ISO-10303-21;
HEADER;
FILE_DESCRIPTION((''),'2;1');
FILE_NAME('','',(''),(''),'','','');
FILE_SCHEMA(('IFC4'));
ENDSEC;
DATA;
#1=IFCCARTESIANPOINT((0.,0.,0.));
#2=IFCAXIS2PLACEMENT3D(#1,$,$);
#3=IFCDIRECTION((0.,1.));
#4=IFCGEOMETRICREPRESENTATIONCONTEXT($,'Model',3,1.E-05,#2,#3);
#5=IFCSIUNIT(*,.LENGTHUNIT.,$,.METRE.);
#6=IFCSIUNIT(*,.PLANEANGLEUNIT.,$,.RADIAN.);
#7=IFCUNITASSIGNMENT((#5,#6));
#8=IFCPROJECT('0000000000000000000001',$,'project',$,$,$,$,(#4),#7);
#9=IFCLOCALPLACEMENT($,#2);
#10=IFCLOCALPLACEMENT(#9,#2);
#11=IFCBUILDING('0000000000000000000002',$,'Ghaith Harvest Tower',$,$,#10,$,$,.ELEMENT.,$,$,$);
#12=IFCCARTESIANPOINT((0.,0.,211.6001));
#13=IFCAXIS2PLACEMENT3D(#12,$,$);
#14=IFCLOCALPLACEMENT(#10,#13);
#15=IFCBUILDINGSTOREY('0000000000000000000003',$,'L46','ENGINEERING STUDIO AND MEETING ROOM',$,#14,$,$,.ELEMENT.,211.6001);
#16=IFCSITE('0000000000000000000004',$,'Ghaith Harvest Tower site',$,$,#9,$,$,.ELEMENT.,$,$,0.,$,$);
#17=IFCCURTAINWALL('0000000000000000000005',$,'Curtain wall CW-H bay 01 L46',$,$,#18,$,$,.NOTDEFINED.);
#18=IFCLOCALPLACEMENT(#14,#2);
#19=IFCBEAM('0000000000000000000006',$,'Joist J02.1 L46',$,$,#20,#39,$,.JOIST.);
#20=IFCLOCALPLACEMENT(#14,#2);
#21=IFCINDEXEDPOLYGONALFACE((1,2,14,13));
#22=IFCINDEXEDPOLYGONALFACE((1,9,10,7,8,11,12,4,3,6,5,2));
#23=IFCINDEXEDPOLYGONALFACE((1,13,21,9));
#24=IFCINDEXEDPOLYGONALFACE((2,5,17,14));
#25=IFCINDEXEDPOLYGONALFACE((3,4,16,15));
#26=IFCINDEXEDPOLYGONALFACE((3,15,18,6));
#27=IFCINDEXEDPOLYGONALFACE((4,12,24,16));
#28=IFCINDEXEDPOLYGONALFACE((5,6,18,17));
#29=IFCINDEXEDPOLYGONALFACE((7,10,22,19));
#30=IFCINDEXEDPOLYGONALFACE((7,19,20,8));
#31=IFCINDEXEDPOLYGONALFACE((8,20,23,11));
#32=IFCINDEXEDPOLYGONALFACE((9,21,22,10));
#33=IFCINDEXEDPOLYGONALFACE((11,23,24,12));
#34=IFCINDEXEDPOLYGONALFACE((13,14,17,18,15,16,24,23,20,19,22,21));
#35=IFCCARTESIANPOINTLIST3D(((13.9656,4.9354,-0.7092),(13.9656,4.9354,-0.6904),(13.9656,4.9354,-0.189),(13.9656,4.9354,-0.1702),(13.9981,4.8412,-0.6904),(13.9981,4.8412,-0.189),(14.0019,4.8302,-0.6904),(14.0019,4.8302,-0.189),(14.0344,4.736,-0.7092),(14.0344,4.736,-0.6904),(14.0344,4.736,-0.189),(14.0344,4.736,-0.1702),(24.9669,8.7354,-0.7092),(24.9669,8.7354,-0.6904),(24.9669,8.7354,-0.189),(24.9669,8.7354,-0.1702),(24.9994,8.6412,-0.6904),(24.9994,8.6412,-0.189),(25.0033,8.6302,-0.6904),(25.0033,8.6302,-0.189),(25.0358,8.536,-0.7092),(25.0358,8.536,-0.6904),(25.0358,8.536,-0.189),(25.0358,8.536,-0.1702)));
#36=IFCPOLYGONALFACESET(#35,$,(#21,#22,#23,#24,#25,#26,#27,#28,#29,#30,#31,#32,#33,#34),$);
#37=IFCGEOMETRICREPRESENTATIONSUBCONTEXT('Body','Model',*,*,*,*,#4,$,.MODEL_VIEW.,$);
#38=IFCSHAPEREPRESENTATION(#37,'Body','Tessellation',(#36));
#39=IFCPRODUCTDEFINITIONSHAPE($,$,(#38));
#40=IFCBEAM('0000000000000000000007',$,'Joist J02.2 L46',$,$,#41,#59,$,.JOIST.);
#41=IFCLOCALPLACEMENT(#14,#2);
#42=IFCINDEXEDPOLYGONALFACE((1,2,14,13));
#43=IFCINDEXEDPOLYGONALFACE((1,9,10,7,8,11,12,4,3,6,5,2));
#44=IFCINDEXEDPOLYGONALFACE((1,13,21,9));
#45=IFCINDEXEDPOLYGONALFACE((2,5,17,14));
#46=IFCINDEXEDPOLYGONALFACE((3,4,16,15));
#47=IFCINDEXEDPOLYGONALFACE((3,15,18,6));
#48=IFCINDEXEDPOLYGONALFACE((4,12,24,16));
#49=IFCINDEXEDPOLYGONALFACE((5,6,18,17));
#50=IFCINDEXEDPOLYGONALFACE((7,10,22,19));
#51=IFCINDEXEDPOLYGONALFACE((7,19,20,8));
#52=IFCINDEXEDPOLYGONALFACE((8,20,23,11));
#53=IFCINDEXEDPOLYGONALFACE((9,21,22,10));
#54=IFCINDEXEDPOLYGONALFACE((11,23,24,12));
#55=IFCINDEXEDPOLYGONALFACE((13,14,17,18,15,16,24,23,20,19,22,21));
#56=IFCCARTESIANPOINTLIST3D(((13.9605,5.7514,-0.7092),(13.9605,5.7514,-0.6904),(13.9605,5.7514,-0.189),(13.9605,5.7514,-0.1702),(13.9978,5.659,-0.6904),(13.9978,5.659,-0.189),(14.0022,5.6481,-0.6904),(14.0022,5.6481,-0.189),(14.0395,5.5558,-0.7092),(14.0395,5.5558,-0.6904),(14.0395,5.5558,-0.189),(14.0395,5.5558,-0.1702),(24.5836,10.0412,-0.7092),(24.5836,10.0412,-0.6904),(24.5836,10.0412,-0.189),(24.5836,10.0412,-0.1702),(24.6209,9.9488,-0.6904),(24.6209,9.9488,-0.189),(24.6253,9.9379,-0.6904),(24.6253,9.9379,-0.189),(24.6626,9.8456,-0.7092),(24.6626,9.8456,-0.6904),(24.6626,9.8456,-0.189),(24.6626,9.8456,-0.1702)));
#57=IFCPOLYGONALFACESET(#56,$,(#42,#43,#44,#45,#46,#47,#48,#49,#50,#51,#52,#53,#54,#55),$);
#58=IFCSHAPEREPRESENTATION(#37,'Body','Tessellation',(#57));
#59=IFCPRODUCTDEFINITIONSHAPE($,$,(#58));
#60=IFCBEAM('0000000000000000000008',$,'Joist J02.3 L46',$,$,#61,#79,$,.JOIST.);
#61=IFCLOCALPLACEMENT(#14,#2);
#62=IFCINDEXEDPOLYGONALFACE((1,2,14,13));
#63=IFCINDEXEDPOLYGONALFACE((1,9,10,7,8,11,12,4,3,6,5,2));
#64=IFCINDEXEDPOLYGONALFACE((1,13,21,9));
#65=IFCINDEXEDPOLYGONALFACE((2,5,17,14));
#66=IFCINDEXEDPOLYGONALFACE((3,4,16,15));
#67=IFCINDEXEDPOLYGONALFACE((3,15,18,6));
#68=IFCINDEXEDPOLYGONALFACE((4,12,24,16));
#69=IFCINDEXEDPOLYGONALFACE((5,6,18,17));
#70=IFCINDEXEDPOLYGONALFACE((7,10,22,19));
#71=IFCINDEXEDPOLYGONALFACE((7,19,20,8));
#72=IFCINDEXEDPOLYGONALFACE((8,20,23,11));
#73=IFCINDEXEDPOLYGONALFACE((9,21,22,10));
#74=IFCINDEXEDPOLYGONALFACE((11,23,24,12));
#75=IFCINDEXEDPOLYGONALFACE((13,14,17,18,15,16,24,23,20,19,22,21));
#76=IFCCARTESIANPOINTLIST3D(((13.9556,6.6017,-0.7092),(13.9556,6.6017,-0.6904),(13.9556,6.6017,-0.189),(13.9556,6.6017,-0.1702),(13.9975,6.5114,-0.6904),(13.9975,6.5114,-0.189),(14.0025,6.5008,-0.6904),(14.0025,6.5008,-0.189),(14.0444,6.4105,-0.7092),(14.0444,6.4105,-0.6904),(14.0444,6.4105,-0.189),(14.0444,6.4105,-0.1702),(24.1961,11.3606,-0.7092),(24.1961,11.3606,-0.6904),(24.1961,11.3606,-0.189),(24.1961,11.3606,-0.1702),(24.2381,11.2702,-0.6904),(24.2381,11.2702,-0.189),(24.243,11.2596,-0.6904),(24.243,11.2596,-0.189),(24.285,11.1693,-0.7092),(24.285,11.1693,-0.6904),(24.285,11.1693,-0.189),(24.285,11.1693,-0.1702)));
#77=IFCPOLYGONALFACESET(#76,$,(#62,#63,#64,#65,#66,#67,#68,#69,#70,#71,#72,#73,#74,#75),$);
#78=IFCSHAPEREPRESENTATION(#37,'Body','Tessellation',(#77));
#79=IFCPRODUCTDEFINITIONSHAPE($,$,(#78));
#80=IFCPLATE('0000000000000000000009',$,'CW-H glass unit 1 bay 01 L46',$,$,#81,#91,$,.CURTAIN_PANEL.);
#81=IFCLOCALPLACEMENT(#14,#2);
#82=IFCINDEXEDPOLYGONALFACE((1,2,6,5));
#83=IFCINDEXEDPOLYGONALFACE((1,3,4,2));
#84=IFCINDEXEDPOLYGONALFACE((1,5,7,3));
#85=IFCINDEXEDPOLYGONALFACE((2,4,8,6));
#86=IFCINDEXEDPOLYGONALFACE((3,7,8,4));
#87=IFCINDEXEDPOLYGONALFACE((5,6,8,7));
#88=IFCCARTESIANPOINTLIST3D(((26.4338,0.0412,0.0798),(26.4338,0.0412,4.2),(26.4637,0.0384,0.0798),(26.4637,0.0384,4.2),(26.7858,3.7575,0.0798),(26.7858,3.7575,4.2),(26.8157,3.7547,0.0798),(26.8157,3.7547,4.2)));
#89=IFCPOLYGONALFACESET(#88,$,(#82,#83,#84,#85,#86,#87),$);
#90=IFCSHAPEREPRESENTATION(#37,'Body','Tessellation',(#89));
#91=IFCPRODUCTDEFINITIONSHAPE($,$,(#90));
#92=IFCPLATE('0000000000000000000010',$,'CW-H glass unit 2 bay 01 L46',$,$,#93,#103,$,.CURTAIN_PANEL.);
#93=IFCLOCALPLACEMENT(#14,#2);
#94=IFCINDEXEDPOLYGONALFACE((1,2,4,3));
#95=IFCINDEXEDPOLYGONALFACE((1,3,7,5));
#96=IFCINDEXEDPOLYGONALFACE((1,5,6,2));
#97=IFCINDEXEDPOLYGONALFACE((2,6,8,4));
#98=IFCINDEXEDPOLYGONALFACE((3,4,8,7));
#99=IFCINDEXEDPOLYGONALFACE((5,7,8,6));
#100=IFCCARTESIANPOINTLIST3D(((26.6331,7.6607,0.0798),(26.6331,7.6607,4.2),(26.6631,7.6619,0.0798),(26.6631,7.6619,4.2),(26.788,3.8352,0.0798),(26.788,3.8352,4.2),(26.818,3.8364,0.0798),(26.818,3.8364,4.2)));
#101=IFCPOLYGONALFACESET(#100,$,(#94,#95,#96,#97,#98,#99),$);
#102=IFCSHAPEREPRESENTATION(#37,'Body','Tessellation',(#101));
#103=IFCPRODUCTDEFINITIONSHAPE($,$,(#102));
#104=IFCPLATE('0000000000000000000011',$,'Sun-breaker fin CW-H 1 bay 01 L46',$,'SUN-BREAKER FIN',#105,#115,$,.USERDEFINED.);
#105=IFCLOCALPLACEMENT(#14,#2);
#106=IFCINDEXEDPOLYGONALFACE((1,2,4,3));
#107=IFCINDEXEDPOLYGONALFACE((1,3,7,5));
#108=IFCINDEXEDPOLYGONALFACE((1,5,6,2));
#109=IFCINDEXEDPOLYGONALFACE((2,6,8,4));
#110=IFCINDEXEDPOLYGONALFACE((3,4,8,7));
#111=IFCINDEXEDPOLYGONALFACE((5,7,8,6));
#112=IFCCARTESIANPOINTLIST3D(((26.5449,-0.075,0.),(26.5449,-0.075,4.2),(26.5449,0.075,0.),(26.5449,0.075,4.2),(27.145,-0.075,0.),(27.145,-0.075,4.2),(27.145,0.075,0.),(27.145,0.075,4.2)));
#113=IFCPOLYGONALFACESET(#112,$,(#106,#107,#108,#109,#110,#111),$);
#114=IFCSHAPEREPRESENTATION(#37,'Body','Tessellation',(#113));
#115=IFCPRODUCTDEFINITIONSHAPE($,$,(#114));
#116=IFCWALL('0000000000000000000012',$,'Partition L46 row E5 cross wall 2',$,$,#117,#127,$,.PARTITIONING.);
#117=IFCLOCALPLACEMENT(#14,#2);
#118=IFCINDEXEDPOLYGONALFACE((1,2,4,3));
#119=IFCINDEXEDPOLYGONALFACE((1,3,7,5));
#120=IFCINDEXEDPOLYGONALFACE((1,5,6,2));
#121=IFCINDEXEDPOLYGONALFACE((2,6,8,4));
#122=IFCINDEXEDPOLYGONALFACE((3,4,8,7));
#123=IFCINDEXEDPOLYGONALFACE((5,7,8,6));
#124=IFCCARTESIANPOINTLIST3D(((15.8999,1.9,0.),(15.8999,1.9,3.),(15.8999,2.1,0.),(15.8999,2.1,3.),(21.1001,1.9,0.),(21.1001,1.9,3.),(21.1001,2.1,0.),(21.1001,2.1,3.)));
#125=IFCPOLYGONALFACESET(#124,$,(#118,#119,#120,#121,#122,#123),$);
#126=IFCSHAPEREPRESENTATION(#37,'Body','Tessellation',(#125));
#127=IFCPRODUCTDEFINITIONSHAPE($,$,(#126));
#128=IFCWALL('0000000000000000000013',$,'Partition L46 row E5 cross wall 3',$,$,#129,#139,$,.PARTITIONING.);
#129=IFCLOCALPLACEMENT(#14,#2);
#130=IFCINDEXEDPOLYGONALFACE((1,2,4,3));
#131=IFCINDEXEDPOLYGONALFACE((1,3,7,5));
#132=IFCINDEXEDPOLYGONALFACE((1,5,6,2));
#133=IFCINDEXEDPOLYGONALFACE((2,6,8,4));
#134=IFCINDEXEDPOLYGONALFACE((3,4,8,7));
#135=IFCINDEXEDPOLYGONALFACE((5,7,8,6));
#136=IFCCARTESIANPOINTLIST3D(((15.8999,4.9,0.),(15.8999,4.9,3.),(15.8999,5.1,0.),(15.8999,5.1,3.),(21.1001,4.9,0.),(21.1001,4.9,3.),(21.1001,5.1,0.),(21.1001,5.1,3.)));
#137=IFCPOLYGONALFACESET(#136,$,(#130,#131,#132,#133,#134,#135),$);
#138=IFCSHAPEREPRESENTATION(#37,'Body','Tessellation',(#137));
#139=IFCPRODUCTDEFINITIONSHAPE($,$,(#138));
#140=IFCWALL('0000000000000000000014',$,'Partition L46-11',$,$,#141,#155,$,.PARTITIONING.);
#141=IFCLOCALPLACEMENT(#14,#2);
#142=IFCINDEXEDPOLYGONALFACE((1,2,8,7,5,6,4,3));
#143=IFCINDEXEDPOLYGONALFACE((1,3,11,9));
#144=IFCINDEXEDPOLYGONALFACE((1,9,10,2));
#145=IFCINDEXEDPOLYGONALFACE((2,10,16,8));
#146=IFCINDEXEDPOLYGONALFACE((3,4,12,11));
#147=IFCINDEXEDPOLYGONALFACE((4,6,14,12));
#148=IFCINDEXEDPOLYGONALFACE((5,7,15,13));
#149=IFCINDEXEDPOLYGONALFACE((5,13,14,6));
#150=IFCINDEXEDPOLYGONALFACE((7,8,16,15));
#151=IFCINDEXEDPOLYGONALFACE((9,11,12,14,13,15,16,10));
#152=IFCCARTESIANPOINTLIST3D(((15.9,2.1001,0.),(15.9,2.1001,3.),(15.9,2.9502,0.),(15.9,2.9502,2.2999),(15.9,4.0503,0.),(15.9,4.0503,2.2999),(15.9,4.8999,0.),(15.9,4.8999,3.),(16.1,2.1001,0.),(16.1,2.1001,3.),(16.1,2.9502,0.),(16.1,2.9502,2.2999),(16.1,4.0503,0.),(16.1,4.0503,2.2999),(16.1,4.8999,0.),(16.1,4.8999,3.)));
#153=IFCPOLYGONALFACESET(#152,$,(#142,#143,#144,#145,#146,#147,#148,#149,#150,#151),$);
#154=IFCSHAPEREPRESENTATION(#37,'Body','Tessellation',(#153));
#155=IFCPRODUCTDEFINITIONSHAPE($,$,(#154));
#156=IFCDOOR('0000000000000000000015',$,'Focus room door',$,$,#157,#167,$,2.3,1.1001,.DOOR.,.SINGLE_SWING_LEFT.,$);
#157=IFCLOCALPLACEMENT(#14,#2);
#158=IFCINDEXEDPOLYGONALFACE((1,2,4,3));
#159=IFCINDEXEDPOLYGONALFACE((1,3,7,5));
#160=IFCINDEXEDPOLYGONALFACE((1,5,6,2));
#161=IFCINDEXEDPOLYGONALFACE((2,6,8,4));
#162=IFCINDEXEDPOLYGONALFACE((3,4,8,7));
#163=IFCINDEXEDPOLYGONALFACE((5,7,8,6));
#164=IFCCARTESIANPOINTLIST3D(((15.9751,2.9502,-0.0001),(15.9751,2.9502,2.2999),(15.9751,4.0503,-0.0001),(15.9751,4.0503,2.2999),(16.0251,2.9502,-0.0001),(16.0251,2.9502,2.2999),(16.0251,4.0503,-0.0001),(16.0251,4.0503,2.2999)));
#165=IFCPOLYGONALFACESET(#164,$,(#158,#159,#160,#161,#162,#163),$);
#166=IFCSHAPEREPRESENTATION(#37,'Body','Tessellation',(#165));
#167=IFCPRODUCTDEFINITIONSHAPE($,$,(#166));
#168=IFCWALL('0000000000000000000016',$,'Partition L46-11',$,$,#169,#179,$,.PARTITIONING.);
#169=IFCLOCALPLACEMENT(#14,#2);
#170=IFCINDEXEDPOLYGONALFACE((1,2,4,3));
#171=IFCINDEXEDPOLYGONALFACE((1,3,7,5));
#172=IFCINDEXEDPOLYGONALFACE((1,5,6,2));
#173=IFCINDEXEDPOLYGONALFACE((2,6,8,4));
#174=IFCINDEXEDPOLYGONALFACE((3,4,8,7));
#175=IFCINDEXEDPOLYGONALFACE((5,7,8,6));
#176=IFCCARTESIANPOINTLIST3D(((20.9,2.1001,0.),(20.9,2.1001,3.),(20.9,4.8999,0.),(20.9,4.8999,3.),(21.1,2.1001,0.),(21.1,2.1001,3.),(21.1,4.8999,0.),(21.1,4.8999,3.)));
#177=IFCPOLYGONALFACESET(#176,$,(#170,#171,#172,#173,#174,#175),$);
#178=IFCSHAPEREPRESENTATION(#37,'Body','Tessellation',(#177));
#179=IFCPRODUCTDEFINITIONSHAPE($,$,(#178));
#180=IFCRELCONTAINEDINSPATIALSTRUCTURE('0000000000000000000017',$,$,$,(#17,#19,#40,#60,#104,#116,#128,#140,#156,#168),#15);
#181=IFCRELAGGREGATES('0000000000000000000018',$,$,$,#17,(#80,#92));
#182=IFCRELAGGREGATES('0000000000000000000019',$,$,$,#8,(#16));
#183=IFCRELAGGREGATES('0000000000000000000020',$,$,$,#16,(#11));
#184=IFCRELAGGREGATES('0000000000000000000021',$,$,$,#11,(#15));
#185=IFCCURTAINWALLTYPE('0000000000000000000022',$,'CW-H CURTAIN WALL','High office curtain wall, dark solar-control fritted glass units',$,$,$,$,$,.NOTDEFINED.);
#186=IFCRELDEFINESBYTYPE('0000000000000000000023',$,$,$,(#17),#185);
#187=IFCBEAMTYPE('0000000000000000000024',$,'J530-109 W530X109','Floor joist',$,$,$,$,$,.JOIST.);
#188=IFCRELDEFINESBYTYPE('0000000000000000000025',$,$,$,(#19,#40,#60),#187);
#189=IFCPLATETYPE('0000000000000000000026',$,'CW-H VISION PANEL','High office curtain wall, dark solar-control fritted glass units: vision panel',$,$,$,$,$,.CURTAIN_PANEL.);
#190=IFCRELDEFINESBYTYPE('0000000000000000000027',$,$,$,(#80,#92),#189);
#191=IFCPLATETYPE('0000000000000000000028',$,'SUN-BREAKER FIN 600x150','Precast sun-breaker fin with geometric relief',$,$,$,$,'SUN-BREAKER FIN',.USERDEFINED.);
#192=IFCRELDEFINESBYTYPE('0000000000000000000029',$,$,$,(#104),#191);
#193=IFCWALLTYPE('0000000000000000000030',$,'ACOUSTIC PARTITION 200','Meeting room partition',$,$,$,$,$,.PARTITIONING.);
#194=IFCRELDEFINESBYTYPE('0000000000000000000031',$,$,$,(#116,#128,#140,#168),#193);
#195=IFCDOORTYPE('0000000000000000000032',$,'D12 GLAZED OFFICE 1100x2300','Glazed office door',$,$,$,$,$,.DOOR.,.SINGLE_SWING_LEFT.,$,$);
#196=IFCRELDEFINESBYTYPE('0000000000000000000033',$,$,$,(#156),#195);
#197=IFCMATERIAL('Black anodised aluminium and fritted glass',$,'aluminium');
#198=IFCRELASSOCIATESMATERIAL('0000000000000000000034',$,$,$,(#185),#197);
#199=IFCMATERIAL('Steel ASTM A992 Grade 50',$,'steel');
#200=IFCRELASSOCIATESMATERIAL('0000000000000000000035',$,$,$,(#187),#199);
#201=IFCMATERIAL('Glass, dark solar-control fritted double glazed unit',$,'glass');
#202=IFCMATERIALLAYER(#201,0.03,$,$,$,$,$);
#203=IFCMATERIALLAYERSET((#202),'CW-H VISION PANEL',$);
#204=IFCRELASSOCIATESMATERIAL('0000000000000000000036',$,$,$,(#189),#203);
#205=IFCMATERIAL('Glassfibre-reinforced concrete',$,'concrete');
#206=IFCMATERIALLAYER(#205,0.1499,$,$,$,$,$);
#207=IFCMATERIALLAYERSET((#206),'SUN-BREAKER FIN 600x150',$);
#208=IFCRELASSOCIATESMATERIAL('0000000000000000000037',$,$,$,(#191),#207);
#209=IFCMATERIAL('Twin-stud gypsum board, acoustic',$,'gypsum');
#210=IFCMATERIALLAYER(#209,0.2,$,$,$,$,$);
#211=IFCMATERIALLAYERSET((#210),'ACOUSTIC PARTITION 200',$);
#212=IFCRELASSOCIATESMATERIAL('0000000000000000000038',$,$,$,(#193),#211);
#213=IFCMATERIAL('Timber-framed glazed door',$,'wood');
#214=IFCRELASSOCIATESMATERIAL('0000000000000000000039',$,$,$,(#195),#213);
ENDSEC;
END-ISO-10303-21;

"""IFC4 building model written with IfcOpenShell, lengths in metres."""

from ifc_helpers import new_model, si_unit, direction, frame, frame_2d, origin, origin_2d, place, context, subcontext, project, spatial, rectangle, i_section, extrude, material, layer, layer_set, material_profile, profile_set, type_object, element, fill, aggregate, save


model = new_model("IFC4")

# Units and contexts
model_context = context("Model", 3, precision=1e-05, world=origin(), true_north=direction((0.0, 1.0)))
body_context = subcontext(model_context, "Body", "Model", "MODEL_VIEW")
ifc_project = project(units=[si_unit("LENGTHUNIT", "METRE"), si_unit("PLANEANGLEUNIT", "RADIAN")], contexts=[model_context])

# Site, building, storey
site_placement = place(None, origin())
site = spatial("IfcSite", under=ifc_project, at=site_placement, Name="Ghaith Harvest Tower site", CompositionType="ELEMENT", RefElevation=0.0)
building_placement = place(site_placement, origin())
building = spatial("IfcBuilding", under=site, at=building_placement, Name="Ghaith Harvest Tower", CompositionType="ELEMENT")
storey_placement = place(building_placement, frame((0.0, 0.0, 211.6001)))
storey = spatial("IfcBuildingStorey", under=building, at=storey_placement, Name="L46", Description="ENGINEERING STUDIO AND MEETING ROOM", CompositionType="ELEMENT", Elevation=211.6001)

# Curtain wall
ifc_material_1 = material(Name="Black anodised aluminium and fritted glass", Category="aluminium")
curtain_wall_type = type_object("IfcCurtainWallType", Name="CW-H CURTAIN WALL", Description="High office curtain wall, dark solar-control fritted glass units", PredefinedType="NOTDEFINED", material=ifc_material_1)
curtain_wall_1_placement = place(storey_placement, origin())
curtain_wall_1 = element("IfcCurtainWall", 1, at=curtain_wall_1_placement, inside=storey, type_object=curtain_wall_type, Name="Curtain wall CW-H bay 01 L46", PredefinedType="NOTDEFINED")

# Beams
ifc_material_2 = material(Name="Steel ASTM A992 Grade 50", Category="steel")
ifc_material_profile_1 = material_profile(ifc_material_2, i_section(OverallWidth=0.2109, OverallDepth=0.5391, WebThickness=0.0117, FlangeThickness=0.0188, at=origin_2d()), Name="W530X109")
ifc_profile_set_1 = profile_set([ifc_material_profile_1], Name="Steel ASTM A992 Grade 50")
beam_type_1 = type_object("IfcBeamType", Name="J530-109 W530X109", Description="Floor joist", PredefinedType="JOIST", material=ifc_profile_set_1)
beam_1_placement = place(storey_placement, frame((14.0, 4.8357, -0.4397), z_axis=(0.945202, 0.326485, 0.0), x_axis=(-0.326485, 0.945202, 0.0)))
element("IfcBeam", 2, at=beam_1_placement, inside=storey, type_object=beam_type_1, Name="Joist J02.1 L46", PredefinedType="JOIST", context=body_context, shape_type="SweptSolid", body=[
    extrude(i_section(OverallWidth=0.2109, OverallDepth=0.5391, WebThickness=0.0117, FlangeThickness=0.0188, at=origin_2d()), origin(), (0.0, 0.0, 1.0), 11.6392),
])
beam_2_placement = place(storey_placement, frame((14.0, 5.6536, -0.4397), z_axis=(0.92725, 0.374442, 0.0), x_axis=(-0.374442, 0.92725, 0.0)))
element("IfcBeam", 3, at=beam_2_placement, inside=storey, type_object=beam_type_1, Name="Joist J02.2 L46", PredefinedType="JOIST", context=body_context, shape_type="SweptSolid", body=[
    extrude(i_section(OverallWidth=0.2109, OverallDepth=0.5391, WebThickness=0.0117, FlangeThickness=0.0188, at=origin_2d()), origin(), (0.0, 0.0, 1.0), 11.4565),
])
beam_3_placement = place(storey_placement, frame((14.0, 6.5061, -0.4397), z_axis=(0.906864, 0.421423, 0.0), x_axis=(-0.421423, 0.906864, 0.0)))
element("IfcBeam", 4, at=beam_3_placement, inside=storey, type_object=beam_type_1, Name="Joist J02.3 L46", PredefinedType="JOIST", context=body_context, shape_type="SweptSolid", body=[
    extrude(i_section(OverallWidth=0.2109, OverallDepth=0.5391, WebThickness=0.0117, FlangeThickness=0.0188, at=origin_2d()), origin(), (0.0, 0.0, 1.0), 11.2922),
])

# Plates
ifc_material_3 = material(Name="Glass, dark solar-control fritted double glazed unit", Category="glass")
ifc_layer_1 = layer(ifc_material_3, 0.03)
ifc_layer_set_1 = layer_set([ifc_layer_1], Name="CW-H VISION PANEL")
plate_type_1 = type_object("IfcPlateType", Name="CW-H VISION PANEL", Description="High office curtain wall, dark solar-control fritted glass units: vision panel", PredefinedType="CURTAIN_PANEL", material=ifc_layer_set_1)
plate_1_placement = place(storey_placement, frame((26.6248, 1.8979, 0.0798), z_axis=(0.0, 0.0, 1.0), x_axis=(0.094302, 0.995544, 0.0)))
plate_1 = element("IfcPlate", 5, at=plate_1_placement, type_object=plate_type_1, Name="CW-H glass unit 1 bay 01 L46", PredefinedType="CURTAIN_PANEL", context=body_context, shape_type="SweptSolid", body=[
    extrude(rectangle(XDim=3.7329, YDim=0.03, at=origin_2d()), origin(), (0.0, 0.0, 1.0), 4.1201),
])
plate_2_placement = place(storey_placement, frame((26.7256, 5.7485, 0.0798), z_axis=(0.0, 0.0, 1.0), x_axis=(-0.040462, 0.999181, 0.0)))
plate_2 = element("IfcPlate", 6, at=plate_2_placement, type_object=plate_type_1, Name="CW-H glass unit 2 bay 01 L46", PredefinedType="CURTAIN_PANEL", context=body_context, shape_type="SweptSolid", body=[
    extrude(rectangle(XDim=3.8286, YDim=0.03, at=origin_2d()), origin(), (0.0, 0.0, 1.0), 4.1201),
])
aggregate(curtain_wall_1, [plate_1, plate_2])
ifc_material_4 = material(Name="Glassfibre-reinforced concrete", Category="concrete")
ifc_layer_2 = layer(ifc_material_4, 0.1499)
ifc_layer_set_2 = layer_set([ifc_layer_2], Name="SUN-BREAKER FIN 600x150")
plate_type_2 = type_object("IfcPlateType", Name="SUN-BREAKER FIN 600x150", Description="Precast sun-breaker fin with geometric relief", ElementType="SUN-BREAKER FIN", PredefinedType="USERDEFINED", material=ifc_layer_set_2)
plate_3_placement = place(storey_placement, frame((26.845, 0.0, 0.0), z_axis=(0.0, 0.0, 1.0), x_axis=(1.0, 0.0, 0.0)))
element("IfcPlate", 7, at=plate_3_placement, inside=storey, type_object=plate_type_2, Name="Sun-breaker fin CW-H 1 bay 01 L46", ObjectType="SUN-BREAKER FIN", PredefinedType="USERDEFINED", context=body_context, shape_type="SweptSolid", body=[
    extrude(rectangle(XDim=0.6001, YDim=0.1499, at=origin_2d()), origin(), (0.0, 0.0, 1.0), 4.2),
])

# Walls
ifc_material_5 = material(Name="Twin-stud gypsum board, acoustic", Category="gypsum")
ifc_layer_3 = layer(ifc_material_5, 0.2)
ifc_layer_set_3 = layer_set([ifc_layer_3], Name="ACOUSTIC PARTITION 200")
wall_type_1 = type_object("IfcWallType", Name="ACOUSTIC PARTITION 200", Description="Meeting room partition", PredefinedType="PARTITIONING", material=ifc_layer_set_3)
for number, where, z_axis, x_axis, name in (
    (8, (15.8999, 2.0, 0.0), (0.0, 0.0, 1.0), (1.0, 0.0, 0.0), "Partition L46 row E5 cross wall 2"),
    (9, (15.8999, 5.0, 0.0), (0.0, 0.0, 1.0), (1.0, 0.0, 0.0), "Partition L46 row E5 cross wall 3"),
):
    element("IfcWall", number, at=place(storey_placement, frame(where, z_axis=z_axis, x_axis=x_axis)), inside=storey, type_object=wall_type_1, Name=name, PredefinedType="PARTITIONING", context=body_context, shape_type="SweptSolid", body=[
        extrude(rectangle(XDim=5.2002, YDim=0.2, at=frame_2d((2.6001, 0.0))), origin(), (0.0, 0.0, 1.0), 3.0),
    ])

# Wall, opening, door
wall_1_placement = place(storey_placement, frame((16.0, 2.1001, 0.0), z_axis=(0.0, 0.0, 1.0), x_axis=(0.0, 1.0, 0.0)))
wall_1 = element("IfcWall", 10, at=wall_1_placement, inside=storey, type_object=wall_type_1, Name="Partition L46-11", PredefinedType="PARTITIONING", context=body_context, shape_type="SweptSolid", body=[
    extrude(rectangle(XDim=2.7998, YDim=0.2, at=frame_2d((1.3999, 0.0))), origin(), (0.0, 0.0, 1.0), 3.0),
])
opening_1_placement = place(wall_1_placement, frame((0.8501, 0.0, 0.0)))
opening_1 = element("IfcOpeningElement", 11, at=opening_1_placement, cuts=wall_1, PredefinedType="OPENING", context=body_context, shape_type="SweptSolid", body=[
    extrude(rectangle(XDim=1.1001, YDim=2.3, at=frame_2d((0.55, 1.1499))), frame((0.0, 0.1099, 0.0), z_axis=(0.0, -1.0, 0.0), x_axis=(1.0, 0.0, 0.0)), (0.0, 0.0, 1.0), 0.22),
])
ifc_material_6 = material(Name="Timber-framed glazed door", Category="wood")
door_type_1 = type_object("IfcDoorType", Name="D12 GLAZED OFFICE 1100x2300", Description="Glazed office door", OperationType="SINGLE_SWING_LEFT", PredefinedType="DOOR", material=ifc_material_6)
door_1_placement = place(opening_1_placement, origin())
door_1 = element("IfcDoor", 12, at=door_1_placement, inside=storey, type_object=door_type_1, Name="Focus room door", OperationType="SINGLE_SWING_LEFT", OverallHeight=2.3, OverallWidth=1.1001, PredefinedType="DOOR", context=body_context, shape_type="SweptSolid", body=[
    extrude(rectangle(XDim=1.1001, YDim=2.3, at=frame_2d((0.55, 1.1499))), frame((0.0, 0.0249, 0.0), z_axis=(0.0, -1.0, 0.0), x_axis=(1.0, 0.0, 0.0)), (0.0, 0.0, 1.0), 0.05),
])
fill(opening_1, door_1)

# Wall
wall_2_placement = place(storey_placement, frame((21.0, 2.1001, 0.0), z_axis=(0.0, 0.0, 1.0), x_axis=(0.0, 1.0, 0.0)))
element("IfcWall", 13, at=wall_2_placement, inside=storey, type_object=wall_type_1, Name="Partition L46-11", PredefinedType="PARTITIONING", context=body_context, shape_type="SweptSolid", body=[
    extrude(rectangle(XDim=2.7998, YDim=0.2, at=frame_2d((1.3999, 0.0))), origin(), (0.0, 0.0, 1.0), 3.0),
])

save(model, "model.ifc")
